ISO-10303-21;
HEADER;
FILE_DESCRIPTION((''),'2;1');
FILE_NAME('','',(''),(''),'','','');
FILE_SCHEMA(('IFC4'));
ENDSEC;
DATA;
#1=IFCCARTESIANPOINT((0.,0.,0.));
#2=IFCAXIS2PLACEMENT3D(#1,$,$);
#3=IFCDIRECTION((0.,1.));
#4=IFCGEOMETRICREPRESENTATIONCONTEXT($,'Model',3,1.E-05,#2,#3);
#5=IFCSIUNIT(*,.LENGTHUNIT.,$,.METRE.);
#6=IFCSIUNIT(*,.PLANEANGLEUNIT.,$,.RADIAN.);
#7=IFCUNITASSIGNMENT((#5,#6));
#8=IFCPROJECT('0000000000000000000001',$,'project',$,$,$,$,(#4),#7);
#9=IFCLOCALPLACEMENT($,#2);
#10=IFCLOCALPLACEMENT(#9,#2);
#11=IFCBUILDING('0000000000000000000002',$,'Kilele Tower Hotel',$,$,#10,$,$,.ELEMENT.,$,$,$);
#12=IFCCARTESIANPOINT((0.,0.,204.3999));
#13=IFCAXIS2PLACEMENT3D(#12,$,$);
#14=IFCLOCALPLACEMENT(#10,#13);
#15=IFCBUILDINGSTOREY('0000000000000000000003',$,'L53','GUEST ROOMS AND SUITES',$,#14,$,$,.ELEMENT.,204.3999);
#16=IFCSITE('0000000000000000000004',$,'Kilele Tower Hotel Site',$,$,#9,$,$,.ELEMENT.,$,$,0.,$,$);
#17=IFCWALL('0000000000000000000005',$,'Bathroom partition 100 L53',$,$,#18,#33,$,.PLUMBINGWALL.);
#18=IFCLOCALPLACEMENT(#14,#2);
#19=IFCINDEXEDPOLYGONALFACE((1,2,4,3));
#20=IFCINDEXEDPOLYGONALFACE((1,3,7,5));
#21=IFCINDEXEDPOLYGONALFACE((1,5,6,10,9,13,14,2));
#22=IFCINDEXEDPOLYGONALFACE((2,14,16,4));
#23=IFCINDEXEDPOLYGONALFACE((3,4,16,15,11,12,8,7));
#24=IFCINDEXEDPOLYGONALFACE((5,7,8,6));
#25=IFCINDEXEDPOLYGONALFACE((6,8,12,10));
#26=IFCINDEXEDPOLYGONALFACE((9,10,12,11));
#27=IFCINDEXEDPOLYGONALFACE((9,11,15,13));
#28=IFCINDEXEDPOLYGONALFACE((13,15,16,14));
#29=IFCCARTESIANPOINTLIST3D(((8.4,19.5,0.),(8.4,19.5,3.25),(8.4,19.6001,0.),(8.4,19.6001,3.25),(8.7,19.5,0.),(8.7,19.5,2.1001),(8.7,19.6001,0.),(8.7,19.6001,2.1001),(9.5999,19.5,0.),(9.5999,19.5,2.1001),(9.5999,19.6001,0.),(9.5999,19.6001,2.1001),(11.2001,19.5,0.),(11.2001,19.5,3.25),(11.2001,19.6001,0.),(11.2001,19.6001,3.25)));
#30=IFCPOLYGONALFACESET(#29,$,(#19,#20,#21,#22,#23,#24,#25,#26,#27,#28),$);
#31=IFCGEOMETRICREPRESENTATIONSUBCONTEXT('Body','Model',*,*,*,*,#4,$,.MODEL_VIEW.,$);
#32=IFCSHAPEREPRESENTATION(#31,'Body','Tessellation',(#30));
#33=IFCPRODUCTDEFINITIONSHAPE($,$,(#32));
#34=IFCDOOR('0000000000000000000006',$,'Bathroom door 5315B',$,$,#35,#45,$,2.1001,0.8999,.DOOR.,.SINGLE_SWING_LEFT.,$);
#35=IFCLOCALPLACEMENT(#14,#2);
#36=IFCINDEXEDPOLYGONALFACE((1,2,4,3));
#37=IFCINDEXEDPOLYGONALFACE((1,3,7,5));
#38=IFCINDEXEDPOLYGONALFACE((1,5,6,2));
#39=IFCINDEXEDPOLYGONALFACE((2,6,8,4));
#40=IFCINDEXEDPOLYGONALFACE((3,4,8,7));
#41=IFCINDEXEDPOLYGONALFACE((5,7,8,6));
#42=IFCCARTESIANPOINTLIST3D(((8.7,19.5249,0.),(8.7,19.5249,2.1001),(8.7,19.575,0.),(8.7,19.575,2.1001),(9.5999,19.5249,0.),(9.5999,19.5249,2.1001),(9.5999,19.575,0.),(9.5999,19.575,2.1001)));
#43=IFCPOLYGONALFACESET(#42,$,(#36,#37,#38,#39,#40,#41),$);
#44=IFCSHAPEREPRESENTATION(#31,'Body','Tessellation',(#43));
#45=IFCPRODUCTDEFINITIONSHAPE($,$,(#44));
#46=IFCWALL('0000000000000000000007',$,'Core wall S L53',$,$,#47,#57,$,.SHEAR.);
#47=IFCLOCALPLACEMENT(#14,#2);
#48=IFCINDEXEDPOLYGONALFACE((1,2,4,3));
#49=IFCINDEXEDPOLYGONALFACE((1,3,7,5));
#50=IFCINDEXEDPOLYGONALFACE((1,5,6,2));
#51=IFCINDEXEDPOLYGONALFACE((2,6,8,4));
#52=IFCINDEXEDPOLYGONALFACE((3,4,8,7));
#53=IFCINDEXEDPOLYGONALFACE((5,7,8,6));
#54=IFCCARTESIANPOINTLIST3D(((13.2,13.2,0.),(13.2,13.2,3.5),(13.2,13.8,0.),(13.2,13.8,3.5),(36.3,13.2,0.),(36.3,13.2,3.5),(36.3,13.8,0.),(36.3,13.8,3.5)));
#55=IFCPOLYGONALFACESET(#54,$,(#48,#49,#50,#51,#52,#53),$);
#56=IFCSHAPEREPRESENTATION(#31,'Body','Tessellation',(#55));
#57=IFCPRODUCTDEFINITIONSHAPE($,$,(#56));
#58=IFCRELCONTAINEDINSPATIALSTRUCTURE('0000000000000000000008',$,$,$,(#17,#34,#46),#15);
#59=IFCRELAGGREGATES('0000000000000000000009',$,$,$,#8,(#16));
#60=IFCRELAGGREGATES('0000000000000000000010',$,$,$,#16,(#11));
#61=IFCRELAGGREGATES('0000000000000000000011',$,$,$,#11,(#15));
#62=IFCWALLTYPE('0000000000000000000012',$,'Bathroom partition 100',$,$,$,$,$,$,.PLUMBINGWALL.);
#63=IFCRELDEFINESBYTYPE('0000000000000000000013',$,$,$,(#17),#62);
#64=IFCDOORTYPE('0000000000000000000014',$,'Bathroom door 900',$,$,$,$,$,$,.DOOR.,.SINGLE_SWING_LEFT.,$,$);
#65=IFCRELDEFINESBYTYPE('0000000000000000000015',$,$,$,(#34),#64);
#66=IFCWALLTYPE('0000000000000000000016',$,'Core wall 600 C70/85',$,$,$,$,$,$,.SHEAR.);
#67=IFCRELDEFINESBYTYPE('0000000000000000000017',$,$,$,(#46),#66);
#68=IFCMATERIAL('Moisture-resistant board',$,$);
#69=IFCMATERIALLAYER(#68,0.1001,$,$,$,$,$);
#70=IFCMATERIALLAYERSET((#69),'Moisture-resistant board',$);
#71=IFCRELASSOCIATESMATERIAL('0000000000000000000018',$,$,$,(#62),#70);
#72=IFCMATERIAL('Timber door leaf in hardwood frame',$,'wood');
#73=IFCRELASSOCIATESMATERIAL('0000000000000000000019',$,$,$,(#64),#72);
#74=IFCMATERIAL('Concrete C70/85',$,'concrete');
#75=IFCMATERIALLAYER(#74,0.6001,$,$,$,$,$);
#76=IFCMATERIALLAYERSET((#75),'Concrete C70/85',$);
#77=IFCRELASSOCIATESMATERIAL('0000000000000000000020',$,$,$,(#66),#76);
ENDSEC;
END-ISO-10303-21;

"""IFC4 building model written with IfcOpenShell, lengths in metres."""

from ifc_helpers import new_model, si_unit, direction, frame, frame_2d, origin, place, context, subcontext, project, spatial, rectangle, extrude, material, layer, layer_set, type_object, element, fill, save


model = new_model("IFC4")

# Units and contexts
model_context = context("Model", 3, precision=1e-05, world=origin(), true_north=direction((0.0, 1.0)))
body_context = subcontext(model_context, "Body", "Model", "MODEL_VIEW")
ifc_project = project(units=[si_unit("LENGTHUNIT", "METRE"), si_unit("PLANEANGLEUNIT", "RADIAN")], contexts=[model_context])

# Site, building, storey
site_placement = place(None, origin())
site = spatial("IfcSite", under=ifc_project, at=site_placement, Name="Kilele Tower Hotel Site", CompositionType="ELEMENT", RefElevation=0.0)
building_placement = place(site_placement, origin())
building = spatial("IfcBuilding", under=site, at=building_placement, Name="Kilele Tower Hotel", CompositionType="ELEMENT")
storey_placement = place(building_placement, frame((0.0, 0.0, 204.3999)))
storey = spatial("IfcBuildingStorey", under=building, at=storey_placement, Name="L53", Description="GUEST ROOMS AND SUITES", CompositionType="ELEMENT", Elevation=204.3999)

# Wall, opening, door
ifc_material_1 = material(Name="Moisture-resistant board")
ifc_layer_1 = layer(ifc_material_1, 0.1001)
ifc_layer_set_1 = layer_set([ifc_layer_1], Name="Moisture-resistant board")
wall_type_1 = type_object("IfcWallType", Name="Bathroom partition 100", PredefinedType="PLUMBINGWALL", material=ifc_layer_set_1)
wall_1_placement = place(storey_placement, frame((11.2, 19.55, 0.0), z_axis=(0.0, 0.0, 1.0), x_axis=(-1.0, 0.0, 0.0)))
wall_1 = element("IfcWall", 1, at=wall_1_placement, inside=storey, type_object=wall_type_1, Name="Bathroom partition 100 L53", PredefinedType="PLUMBINGWALL", context=body_context, shape_type="SweptSolid", body=[
    extrude(rectangle(XDim=2.8, YDim=0.1001, at=frame_2d((1.3999, 0.0))), origin(), (0.0, 0.0, 1.0), 3.25),
])
opening_1_placement = place(wall_1_placement, frame((2.5, 0.0, 0.0), z_axis=(0.0, 0.0, 1.0), x_axis=(-1.0, 0.0, 0.0)))
opening_1 = element("IfcOpeningElement", 2, at=opening_1_placement, cuts=wall_1, PredefinedType="OPENING", context=body_context, shape_type="SweptSolid", body=[
    extrude(rectangle(XDim=0.8999, YDim=2.1001, at=frame_2d((0.45, 1.05))), frame((0.0, 0.0601, 0.0), z_axis=(0.0, -1.0, 0.0), x_axis=(1.0, 0.0, 0.0)), (0.0, 0.0, 1.0), 0.1201),
])
ifc_material_2 = material(Name="Timber door leaf in hardwood frame", Category="wood")
door_type_1 = type_object("IfcDoorType", Name="Bathroom door 900", OperationType="SINGLE_SWING_LEFT", PredefinedType="DOOR", material=ifc_material_2)
door_1_placement = place(opening_1_placement, origin())
door_1 = element("IfcDoor", 3, at=door_1_placement, inside=storey, type_object=door_type_1, Name="Bathroom door 5315B", OperationType="SINGLE_SWING_LEFT", OverallHeight=2.1001, OverallWidth=0.8999, PredefinedType="DOOR", context=body_context, shape_type="SweptSolid", body=[
    extrude(rectangle(XDim=0.8999, YDim=2.1001, at=frame_2d((0.45, 1.05))), frame((0.0, 0.0249, 0.0), z_axis=(0.0, -1.0, 0.0), x_axis=(1.0, 0.0, 0.0)), (0.0, 0.0, 1.0), 0.05),
])
fill(opening_1, door_1)

# Wall
ifc_material_3 = material(Name="Concrete C70/85", Category="concrete")
ifc_layer_2 = layer(ifc_material_3, 0.6001)
ifc_layer_set_2 = layer_set([ifc_layer_2], Name="Concrete C70/85")
wall_type_2 = type_object("IfcWallType", Name="Core wall 600 C70/85", PredefinedType="SHEAR", material=ifc_layer_set_2)
wall_2_placement = place(storey_placement, frame((13.2, 13.5, 0.0), z_axis=(0.0, 0.0, 1.0), x_axis=(1.0, 0.0, 0.0)))
element("IfcWall", 4, at=wall_2_placement, inside=storey, type_object=wall_type_2, Name="Core wall S L53", PredefinedType="SHEAR", context=body_context, shape_type="SweptSolid", body=[
    extrude(rectangle(XDim=23.1001, YDim=0.6001, at=frame_2d((11.55, 0.0))), origin(), (0.0, 0.0, 1.0), 3.5),
])

save(model, "model.ifc")
